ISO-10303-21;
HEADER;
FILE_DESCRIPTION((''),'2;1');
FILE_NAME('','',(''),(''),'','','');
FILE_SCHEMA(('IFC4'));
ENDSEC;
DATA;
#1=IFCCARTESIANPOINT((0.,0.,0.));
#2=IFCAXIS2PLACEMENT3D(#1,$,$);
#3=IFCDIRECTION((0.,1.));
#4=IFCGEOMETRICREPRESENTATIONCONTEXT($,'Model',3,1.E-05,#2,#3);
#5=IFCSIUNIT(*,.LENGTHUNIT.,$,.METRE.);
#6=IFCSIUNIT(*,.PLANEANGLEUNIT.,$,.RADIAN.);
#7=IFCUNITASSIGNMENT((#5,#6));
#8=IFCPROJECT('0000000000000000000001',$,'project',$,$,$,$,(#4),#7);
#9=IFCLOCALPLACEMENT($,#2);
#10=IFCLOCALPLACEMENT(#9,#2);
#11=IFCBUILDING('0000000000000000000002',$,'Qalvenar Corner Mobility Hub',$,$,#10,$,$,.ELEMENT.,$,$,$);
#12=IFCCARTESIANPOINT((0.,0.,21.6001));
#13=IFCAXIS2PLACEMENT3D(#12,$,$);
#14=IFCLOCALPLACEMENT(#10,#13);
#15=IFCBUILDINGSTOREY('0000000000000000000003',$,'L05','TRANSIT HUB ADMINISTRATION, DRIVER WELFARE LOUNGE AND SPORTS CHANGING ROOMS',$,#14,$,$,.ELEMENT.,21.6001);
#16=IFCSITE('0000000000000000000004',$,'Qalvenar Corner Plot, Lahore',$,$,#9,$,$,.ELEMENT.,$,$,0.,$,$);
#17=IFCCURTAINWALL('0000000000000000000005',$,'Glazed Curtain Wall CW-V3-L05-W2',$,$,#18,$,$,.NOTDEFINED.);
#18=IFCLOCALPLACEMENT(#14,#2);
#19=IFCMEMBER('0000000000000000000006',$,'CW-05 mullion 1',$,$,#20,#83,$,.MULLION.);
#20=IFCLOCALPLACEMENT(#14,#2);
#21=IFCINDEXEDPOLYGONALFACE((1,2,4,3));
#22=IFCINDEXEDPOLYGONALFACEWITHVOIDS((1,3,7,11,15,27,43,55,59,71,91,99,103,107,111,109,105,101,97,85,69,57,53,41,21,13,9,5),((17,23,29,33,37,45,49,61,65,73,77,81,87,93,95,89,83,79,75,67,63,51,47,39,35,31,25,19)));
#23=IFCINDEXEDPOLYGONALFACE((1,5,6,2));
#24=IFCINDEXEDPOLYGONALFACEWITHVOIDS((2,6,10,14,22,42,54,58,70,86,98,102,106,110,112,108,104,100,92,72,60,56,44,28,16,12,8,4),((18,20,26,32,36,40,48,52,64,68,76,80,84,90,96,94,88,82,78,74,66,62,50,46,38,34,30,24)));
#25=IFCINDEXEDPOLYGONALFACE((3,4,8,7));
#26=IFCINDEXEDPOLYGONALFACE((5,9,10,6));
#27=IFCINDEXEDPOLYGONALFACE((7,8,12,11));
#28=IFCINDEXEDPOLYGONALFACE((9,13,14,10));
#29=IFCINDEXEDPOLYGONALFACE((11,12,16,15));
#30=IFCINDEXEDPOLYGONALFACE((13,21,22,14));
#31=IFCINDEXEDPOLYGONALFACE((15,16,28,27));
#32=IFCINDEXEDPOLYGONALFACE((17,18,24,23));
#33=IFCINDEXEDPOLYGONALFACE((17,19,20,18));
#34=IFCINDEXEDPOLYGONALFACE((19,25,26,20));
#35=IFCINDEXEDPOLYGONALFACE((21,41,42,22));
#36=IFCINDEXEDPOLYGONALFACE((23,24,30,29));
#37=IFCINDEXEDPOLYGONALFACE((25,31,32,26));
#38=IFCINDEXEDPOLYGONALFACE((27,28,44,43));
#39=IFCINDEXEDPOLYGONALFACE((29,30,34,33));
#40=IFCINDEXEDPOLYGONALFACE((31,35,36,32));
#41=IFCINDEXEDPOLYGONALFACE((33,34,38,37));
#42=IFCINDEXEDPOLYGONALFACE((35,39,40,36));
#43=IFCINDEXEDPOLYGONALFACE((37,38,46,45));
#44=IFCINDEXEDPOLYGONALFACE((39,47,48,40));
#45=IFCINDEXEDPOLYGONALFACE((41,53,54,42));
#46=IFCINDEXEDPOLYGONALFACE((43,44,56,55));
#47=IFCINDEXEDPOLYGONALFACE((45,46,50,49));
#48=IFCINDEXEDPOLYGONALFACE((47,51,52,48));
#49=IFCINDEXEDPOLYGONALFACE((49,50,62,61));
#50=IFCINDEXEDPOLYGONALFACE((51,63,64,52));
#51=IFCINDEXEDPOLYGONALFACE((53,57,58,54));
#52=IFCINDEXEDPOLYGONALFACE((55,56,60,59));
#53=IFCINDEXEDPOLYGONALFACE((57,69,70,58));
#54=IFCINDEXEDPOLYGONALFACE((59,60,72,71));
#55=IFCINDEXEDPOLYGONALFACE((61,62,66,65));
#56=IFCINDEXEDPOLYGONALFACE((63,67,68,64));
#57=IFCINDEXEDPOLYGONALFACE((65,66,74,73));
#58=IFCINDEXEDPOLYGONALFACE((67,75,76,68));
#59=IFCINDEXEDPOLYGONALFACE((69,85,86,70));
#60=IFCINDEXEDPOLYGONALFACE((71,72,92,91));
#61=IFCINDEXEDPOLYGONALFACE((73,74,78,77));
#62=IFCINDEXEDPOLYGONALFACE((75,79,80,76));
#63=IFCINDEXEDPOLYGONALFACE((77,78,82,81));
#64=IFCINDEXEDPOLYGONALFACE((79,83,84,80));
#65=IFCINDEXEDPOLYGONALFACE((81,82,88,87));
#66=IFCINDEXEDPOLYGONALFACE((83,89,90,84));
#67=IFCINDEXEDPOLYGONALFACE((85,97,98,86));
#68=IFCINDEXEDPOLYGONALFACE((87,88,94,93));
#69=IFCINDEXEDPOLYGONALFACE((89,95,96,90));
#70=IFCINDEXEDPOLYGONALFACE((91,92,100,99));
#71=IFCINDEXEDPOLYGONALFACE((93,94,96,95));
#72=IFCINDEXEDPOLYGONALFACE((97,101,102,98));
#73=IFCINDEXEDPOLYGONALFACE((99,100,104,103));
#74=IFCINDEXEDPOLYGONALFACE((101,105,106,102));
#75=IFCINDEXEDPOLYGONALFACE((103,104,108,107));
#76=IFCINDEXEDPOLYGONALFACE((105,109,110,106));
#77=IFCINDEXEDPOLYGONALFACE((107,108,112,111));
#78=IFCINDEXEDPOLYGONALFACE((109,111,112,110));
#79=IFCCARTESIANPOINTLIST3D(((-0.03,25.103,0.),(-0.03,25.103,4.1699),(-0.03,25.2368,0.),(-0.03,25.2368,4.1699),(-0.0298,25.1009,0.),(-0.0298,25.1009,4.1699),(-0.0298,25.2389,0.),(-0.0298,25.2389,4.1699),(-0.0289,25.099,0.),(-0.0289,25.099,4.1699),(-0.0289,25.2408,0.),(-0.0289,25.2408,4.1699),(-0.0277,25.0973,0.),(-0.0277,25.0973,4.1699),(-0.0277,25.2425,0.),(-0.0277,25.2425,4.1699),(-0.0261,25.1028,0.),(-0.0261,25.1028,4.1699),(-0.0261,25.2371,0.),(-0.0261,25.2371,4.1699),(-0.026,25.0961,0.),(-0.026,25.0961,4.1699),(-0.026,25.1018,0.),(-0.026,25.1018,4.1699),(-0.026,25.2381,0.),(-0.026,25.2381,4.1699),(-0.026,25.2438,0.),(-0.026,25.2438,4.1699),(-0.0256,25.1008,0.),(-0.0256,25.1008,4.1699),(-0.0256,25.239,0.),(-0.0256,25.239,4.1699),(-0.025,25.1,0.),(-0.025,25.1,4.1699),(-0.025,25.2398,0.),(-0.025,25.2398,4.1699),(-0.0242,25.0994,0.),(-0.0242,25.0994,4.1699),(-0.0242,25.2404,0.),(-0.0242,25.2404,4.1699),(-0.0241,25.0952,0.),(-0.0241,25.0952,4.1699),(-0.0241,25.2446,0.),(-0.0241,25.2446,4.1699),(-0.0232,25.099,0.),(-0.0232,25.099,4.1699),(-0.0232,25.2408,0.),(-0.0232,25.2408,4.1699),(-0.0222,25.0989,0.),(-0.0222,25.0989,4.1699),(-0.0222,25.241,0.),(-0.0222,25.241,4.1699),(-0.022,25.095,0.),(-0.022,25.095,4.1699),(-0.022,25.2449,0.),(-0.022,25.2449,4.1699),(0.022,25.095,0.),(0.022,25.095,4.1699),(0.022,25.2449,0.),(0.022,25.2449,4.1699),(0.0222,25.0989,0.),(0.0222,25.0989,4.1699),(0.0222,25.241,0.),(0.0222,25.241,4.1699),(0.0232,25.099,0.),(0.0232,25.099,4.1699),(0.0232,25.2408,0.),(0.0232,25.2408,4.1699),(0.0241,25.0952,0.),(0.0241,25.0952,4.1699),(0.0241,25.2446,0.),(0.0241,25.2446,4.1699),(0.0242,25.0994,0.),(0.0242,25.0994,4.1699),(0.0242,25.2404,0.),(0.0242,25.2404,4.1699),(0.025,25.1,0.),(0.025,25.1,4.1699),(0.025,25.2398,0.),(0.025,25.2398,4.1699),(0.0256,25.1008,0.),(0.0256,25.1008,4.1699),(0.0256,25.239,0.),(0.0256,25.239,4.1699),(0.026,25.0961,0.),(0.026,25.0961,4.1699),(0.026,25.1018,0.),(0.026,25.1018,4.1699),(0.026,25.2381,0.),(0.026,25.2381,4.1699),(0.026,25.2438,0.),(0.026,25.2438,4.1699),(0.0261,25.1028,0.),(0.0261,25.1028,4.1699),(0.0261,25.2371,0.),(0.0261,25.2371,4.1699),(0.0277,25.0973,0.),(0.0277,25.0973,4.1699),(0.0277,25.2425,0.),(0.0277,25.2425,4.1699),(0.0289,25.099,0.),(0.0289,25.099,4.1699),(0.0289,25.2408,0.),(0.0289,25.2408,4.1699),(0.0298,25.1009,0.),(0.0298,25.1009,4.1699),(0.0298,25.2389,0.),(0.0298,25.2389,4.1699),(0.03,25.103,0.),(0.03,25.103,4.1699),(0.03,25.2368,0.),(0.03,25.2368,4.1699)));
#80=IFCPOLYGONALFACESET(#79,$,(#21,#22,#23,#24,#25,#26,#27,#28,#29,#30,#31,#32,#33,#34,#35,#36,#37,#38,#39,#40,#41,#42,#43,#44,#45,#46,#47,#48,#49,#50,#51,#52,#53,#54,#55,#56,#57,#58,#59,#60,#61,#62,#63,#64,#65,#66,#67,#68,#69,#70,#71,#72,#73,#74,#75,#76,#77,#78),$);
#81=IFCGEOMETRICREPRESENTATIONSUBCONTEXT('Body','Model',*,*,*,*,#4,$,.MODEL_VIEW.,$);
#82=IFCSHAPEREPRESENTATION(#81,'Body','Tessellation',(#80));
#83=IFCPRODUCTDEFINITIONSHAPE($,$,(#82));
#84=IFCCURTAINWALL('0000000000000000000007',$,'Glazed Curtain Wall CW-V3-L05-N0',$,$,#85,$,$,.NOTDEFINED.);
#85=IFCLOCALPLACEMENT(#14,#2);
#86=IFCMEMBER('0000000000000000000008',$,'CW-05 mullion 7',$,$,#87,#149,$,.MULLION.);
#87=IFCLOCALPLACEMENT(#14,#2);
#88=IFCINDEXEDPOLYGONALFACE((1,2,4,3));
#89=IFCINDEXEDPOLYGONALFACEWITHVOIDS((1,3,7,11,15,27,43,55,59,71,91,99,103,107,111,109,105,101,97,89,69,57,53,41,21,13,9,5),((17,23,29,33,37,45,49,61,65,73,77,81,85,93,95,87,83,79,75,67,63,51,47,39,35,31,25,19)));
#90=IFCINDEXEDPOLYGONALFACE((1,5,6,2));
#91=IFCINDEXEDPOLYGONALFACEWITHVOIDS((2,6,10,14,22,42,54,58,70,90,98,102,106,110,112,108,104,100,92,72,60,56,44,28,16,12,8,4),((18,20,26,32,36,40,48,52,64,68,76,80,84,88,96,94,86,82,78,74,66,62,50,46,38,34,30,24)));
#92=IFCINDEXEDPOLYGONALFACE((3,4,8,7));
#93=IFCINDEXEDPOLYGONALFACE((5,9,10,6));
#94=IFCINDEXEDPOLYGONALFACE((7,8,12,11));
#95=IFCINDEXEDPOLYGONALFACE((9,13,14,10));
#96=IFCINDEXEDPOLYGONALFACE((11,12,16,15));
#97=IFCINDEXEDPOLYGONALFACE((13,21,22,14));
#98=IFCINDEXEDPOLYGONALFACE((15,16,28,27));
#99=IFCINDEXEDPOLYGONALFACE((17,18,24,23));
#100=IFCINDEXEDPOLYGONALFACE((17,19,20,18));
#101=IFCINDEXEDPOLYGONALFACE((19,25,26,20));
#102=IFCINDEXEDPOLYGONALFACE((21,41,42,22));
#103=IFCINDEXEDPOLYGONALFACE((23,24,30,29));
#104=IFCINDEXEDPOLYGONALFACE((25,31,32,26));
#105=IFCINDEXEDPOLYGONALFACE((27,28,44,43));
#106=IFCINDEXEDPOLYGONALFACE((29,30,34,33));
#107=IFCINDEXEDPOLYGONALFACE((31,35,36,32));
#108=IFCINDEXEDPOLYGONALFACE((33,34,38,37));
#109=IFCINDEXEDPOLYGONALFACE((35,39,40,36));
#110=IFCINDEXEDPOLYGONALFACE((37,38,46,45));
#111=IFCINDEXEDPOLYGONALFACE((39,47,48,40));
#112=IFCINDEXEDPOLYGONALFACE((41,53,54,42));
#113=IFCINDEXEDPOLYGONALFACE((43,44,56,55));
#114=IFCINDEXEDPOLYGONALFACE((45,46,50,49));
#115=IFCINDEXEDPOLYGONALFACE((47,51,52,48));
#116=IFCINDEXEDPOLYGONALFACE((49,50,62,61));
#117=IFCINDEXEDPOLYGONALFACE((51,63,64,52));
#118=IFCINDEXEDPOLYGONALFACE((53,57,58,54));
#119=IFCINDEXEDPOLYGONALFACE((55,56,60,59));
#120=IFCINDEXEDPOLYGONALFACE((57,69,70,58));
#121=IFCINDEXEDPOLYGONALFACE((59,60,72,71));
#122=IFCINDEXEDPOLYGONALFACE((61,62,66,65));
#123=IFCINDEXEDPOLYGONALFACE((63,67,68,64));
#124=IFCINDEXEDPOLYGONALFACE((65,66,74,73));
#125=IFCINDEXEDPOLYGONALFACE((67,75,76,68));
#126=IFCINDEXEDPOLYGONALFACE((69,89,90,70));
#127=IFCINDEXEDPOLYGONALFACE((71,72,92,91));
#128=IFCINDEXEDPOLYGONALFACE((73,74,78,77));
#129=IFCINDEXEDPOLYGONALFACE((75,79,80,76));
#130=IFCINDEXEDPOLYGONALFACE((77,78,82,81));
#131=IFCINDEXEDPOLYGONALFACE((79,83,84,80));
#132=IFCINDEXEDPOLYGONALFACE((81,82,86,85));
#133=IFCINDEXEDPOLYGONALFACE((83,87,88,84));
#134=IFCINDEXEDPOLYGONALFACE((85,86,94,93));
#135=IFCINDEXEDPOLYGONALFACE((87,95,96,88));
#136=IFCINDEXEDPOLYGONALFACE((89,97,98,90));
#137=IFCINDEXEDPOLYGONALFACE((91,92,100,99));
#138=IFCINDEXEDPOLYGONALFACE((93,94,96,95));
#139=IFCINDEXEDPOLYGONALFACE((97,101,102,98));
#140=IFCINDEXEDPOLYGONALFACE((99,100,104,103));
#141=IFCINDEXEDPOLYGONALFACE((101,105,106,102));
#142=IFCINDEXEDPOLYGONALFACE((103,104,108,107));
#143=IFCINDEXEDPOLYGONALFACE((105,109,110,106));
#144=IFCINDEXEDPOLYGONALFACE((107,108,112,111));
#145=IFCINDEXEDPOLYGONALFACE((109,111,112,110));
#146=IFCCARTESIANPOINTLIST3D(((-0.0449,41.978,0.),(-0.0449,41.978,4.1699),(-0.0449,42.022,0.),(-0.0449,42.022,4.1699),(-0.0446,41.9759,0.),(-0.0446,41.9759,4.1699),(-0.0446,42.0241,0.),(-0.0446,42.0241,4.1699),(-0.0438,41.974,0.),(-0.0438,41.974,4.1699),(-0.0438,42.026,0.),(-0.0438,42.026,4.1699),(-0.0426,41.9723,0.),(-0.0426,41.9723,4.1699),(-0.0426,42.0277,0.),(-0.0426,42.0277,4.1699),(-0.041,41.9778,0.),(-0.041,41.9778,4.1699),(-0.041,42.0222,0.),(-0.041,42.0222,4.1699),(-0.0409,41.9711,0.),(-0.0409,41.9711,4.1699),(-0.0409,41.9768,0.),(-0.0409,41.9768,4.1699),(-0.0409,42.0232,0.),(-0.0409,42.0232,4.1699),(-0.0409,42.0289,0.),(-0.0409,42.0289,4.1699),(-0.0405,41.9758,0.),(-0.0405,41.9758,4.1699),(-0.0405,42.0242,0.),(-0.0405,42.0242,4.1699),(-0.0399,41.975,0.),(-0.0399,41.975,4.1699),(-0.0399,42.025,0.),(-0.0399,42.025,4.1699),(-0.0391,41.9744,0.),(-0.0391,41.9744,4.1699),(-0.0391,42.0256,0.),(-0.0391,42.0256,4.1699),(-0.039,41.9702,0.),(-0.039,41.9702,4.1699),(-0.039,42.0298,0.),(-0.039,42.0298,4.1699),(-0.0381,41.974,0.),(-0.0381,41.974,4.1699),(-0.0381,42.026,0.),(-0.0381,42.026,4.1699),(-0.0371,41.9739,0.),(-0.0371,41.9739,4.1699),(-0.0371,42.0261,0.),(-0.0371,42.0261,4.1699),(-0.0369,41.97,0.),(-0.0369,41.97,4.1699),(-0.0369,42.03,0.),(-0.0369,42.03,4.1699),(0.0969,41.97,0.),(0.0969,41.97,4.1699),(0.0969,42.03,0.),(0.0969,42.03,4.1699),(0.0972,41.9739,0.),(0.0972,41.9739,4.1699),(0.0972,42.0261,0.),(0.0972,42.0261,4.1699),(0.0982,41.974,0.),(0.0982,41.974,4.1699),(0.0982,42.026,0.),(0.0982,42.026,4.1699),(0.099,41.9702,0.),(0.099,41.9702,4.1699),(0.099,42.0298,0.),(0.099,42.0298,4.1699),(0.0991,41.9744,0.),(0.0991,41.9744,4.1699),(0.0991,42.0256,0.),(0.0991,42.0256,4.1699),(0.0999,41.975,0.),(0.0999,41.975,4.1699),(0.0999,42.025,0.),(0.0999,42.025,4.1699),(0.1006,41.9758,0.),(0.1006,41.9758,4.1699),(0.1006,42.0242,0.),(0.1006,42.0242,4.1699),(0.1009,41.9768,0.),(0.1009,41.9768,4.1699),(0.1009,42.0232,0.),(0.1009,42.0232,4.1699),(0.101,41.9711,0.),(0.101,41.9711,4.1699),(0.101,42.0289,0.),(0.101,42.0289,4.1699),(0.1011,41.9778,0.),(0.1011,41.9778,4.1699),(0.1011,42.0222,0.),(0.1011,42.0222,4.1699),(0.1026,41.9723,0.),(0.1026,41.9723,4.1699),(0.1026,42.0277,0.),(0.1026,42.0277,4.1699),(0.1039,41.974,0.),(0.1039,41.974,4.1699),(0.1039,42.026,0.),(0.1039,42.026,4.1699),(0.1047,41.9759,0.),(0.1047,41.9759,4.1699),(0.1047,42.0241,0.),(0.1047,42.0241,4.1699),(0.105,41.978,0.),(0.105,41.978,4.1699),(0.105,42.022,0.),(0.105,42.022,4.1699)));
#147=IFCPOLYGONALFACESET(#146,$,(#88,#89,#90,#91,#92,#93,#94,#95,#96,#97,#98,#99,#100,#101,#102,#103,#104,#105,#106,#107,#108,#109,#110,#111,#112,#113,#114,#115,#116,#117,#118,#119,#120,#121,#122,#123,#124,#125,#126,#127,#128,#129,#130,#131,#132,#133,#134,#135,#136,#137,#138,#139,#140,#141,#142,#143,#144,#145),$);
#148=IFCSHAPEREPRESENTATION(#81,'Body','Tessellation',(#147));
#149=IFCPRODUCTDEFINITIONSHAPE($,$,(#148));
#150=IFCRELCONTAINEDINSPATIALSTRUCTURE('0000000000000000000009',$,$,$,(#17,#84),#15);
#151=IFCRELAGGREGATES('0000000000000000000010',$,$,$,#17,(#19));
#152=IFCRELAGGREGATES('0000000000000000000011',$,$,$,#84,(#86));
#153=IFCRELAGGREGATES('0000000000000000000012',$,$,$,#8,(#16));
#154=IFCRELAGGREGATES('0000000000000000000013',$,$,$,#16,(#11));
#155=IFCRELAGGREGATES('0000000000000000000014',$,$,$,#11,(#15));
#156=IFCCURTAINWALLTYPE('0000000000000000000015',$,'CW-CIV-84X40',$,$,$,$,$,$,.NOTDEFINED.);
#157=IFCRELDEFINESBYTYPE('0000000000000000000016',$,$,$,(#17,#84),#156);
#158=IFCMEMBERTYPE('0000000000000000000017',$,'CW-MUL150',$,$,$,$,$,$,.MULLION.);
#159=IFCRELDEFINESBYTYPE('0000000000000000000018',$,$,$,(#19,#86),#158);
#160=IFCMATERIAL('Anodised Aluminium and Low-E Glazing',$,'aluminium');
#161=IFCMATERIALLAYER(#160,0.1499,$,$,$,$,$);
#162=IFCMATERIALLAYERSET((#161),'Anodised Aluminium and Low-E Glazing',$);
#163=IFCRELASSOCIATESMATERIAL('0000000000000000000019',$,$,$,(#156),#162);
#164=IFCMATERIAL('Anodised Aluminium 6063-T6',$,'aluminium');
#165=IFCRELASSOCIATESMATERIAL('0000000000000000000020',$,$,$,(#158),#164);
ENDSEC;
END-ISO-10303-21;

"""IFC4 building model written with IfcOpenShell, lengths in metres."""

from ifc_helpers import new_model, si_unit, direction, frame, origin, origin_2d, place, context, subcontext, project, spatial, hollow_rectangle, extrude, material, layer, layer_set, material_profile, profile_set, type_object, element, aggregate, save


model = new_model("IFC4")

# Units and contexts
model_context = context("Model", 3, precision=1e-05, world=origin(), true_north=direction((0.0, 1.0)))
body_context = subcontext(model_context, "Body", "Model", "MODEL_VIEW")
ifc_project = project(units=[si_unit("LENGTHUNIT", "METRE"), si_unit("PLANEANGLEUNIT", "RADIAN")], contexts=[model_context])

# Site, building, storey
site_placement = place(None, origin())
site = spatial("IfcSite", under=ifc_project, at=site_placement, Name="Qalvenar Corner Plot, Lahore", CompositionType="ELEMENT", RefElevation=0.0)
building_placement = place(site_placement, origin())
building = spatial("IfcBuilding", under=site, at=building_placement, Name="Qalvenar Corner Mobility Hub", CompositionType="ELEMENT")
storey_placement = place(building_placement, frame((0.0, 0.0, 21.6001)))
storey = spatial("IfcBuildingStorey", under=building, at=storey_placement, Name="L05", Description="TRANSIT HUB ADMINISTRATION, DRIVER WELFARE LOUNGE AND SPORTS CHANGING ROOMS", CompositionType="ELEMENT", Elevation=21.6001)

# Curtain wall, member
ifc_material_1 = material(Name="Anodised Aluminium and Low-E Glazing", Category="aluminium")
ifc_layer_1 = layer(ifc_material_1, 0.1499)
ifc_layer_set_1 = layer_set([ifc_layer_1], Name="Anodised Aluminium and Low-E Glazing")
curtain_wall_type = type_object("IfcCurtainWallType", Name="CW-CIV-84X40", PredefinedType="NOTDEFINED", material=ifc_layer_set_1)
curtain_wall_1_placement = place(storey_placement, origin())
curtain_wall_1 = element("IfcCurtainWall", 1, at=curtain_wall_1_placement, inside=storey, type_object=curtain_wall_type, Name="Glazed Curtain Wall CW-V3-L05-W2", PredefinedType="NOTDEFINED")
ifc_material_2 = material(Name="Anodised Aluminium 6063-T6", Category="aluminium")
ifc_material_profile_1 = material_profile(ifc_material_2, hollow_rectangle(XDim=0.0601, YDim=0.1499, WallThickness=0.0039, InnerFilletRadius=0.0039, OuterFilletRadius=0.0081, at=origin_2d()), Name="RHS150x60x4")
ifc_profile_set_1 = profile_set([ifc_material_profile_1], Name="Anodised Aluminium 6063-T6")
member_type_1 = type_object("IfcMemberType", Name="CW-MUL150", PredefinedType="MULLION", material=ifc_profile_set_1)
member_1_placement = place(storey_placement, frame((0.0, 25.1699, 0.0), z_axis=(0.0, 0.0, 1.0), x_axis=(1.0, 0.0, 0.0)))
member_1 = element("IfcMember", 2, at=member_1_placement, type_object=member_type_1, Name="CW-05 mullion 1", PredefinedType="MULLION", context=body_context, shape_type="SweptSolid", body=[
    extrude(hollow_rectangle(XDim=0.0601, YDim=0.1499, WallThickness=0.0039, InnerFilletRadius=0.0039, OuterFilletRadius=0.0081, at=origin_2d()), origin(), (0.0, 0.0, 1.0), 4.1699),
])
aggregate(curtain_wall_1, [member_1])

# Curtain wall, member
curtain_wall_2_placement = place(storey_placement, origin())
curtain_wall_2 = element("IfcCurtainWall", 3, at=curtain_wall_2_placement, inside=storey, type_object=curtain_wall_type, Name="Glazed Curtain Wall CW-V3-L05-N0", PredefinedType="NOTDEFINED")
member_2_placement = place(storey_placement, frame((0.03, 42.0, 0.0), z_axis=(0.0, 0.0, 1.0), x_axis=(0.0, -1.0, 0.0)))
member_2 = element("IfcMember", 4, at=member_2_placement, type_object=member_type_1, Name="CW-05 mullion 7", PredefinedType="MULLION", context=body_context, shape_type="SweptSolid", body=[
    extrude(hollow_rectangle(XDim=0.0601, YDim=0.1499, WallThickness=0.0039, InnerFilletRadius=0.0039, OuterFilletRadius=0.0081, at=origin_2d()), origin(), (0.0, 0.0, 1.0), 4.1699),
])
aggregate(curtain_wall_2, [member_2])

save(model, "model.ifc")
